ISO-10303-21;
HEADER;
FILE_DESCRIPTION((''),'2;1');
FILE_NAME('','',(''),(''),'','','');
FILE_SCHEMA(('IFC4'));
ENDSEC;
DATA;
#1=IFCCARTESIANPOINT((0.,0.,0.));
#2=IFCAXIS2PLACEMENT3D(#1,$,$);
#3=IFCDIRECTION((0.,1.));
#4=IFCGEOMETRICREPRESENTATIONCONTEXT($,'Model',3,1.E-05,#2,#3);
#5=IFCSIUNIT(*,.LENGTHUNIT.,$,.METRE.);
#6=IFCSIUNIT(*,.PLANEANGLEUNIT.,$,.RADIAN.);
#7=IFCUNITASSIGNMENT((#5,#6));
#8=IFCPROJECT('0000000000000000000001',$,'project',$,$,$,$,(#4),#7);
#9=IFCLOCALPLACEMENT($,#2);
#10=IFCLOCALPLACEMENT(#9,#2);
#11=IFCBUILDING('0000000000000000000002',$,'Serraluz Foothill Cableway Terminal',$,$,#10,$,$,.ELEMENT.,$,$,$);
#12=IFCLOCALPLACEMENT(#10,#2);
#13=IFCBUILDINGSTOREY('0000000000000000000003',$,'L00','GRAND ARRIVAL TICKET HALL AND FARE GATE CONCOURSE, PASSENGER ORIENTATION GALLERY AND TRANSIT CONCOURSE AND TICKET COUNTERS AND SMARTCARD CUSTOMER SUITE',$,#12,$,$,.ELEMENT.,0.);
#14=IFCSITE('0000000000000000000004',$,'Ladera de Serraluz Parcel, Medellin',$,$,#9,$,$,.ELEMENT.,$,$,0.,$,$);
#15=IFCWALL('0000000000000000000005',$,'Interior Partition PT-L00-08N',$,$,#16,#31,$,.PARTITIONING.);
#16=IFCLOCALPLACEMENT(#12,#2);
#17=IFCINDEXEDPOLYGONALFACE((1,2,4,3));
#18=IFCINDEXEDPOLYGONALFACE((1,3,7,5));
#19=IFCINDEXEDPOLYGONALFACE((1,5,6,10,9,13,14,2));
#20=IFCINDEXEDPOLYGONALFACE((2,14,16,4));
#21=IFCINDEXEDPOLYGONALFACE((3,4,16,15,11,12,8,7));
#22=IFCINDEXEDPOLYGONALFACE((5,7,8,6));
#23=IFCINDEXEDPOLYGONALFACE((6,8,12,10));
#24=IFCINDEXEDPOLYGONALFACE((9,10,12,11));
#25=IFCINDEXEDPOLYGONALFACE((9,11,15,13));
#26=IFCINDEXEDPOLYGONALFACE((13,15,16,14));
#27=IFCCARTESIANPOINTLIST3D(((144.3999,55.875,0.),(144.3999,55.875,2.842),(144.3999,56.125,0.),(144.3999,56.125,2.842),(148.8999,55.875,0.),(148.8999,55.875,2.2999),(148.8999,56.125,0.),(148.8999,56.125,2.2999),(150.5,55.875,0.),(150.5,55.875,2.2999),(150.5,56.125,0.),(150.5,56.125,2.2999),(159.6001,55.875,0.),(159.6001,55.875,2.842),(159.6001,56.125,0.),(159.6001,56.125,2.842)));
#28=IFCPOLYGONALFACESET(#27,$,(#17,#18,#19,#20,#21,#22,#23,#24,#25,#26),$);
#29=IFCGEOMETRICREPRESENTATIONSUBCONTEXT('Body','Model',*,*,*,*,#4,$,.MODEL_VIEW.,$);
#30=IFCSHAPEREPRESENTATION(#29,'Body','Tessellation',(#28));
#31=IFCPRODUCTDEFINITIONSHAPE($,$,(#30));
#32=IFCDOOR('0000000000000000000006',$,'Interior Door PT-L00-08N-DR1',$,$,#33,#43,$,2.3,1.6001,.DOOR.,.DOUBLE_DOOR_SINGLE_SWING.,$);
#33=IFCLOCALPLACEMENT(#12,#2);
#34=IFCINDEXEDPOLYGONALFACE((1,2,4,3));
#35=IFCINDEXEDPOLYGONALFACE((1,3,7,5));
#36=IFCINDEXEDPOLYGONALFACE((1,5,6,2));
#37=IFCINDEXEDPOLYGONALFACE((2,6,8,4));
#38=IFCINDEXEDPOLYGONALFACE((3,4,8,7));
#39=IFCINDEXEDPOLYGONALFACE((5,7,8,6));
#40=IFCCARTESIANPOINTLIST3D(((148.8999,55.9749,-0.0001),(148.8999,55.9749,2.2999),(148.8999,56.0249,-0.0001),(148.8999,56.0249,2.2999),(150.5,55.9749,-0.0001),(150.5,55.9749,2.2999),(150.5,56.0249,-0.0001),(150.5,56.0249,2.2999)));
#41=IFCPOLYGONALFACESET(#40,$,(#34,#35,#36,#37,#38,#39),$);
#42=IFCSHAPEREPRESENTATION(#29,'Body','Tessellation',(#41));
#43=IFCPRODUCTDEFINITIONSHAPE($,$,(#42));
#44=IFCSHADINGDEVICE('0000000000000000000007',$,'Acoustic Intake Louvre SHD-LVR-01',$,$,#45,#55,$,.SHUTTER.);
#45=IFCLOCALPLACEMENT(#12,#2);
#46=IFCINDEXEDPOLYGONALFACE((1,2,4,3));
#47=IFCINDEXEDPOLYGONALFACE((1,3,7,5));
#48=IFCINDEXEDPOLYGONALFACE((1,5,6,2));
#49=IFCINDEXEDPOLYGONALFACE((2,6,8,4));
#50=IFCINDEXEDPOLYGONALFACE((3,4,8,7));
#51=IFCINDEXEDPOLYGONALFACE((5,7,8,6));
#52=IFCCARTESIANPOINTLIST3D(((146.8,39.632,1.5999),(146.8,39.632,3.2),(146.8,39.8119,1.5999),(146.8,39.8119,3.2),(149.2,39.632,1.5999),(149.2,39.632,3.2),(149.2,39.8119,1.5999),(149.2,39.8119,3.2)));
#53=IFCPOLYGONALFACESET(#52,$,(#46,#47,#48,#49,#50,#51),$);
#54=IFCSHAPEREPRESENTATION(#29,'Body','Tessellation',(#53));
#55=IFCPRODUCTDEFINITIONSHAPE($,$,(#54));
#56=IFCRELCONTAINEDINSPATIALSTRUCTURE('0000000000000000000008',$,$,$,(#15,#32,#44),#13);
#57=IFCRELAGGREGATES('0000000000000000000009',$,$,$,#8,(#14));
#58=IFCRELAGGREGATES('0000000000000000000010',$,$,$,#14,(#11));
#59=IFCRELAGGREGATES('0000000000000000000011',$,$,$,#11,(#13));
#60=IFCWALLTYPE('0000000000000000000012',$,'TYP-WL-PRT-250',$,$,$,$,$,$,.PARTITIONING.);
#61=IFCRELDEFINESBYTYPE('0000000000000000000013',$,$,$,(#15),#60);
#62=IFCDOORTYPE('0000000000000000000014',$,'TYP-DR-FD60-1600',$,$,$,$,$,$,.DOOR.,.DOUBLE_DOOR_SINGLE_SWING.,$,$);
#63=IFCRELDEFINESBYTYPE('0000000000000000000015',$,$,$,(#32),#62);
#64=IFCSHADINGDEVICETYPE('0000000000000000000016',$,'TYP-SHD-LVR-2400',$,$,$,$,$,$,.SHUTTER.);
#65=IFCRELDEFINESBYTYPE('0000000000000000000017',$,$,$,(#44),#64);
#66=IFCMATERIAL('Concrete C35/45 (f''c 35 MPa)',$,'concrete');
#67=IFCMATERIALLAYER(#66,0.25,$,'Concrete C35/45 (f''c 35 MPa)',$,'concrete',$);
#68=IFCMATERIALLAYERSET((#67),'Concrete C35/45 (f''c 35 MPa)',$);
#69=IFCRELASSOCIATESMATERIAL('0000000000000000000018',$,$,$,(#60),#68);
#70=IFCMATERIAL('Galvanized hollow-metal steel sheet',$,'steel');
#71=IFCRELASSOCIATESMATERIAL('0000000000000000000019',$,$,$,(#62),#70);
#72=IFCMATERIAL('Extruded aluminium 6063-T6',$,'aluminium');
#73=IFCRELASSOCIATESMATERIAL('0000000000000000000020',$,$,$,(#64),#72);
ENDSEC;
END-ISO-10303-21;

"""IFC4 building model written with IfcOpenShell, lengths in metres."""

from ifc_helpers import new_model, si_unit, direction, frame, frame_2d, origin, origin_2d, place, context, subcontext, project, spatial, rectangle, extrude, material, layer, layer_set, type_object, element, fill, save


model = new_model("IFC4")

# Units and contexts
model_context = context("Model", 3, precision=1e-05, world=origin(), true_north=direction((0.0, 1.0)))
body_context = subcontext(model_context, "Body", "Model", "MODEL_VIEW")
ifc_project = project(units=[si_unit("LENGTHUNIT", "METRE"), si_unit("PLANEANGLEUNIT", "RADIAN")], contexts=[model_context])

# Site, building, storey
site_placement = place(None, origin())
site = spatial("IfcSite", under=ifc_project, at=site_placement, Name="Ladera de Serraluz Parcel, Medellin", CompositionType="ELEMENT", RefElevation=0.0)
building_placement = place(site_placement, origin())
building = spatial("IfcBuilding", under=site, at=building_placement, Name="Serraluz Foothill Cableway Terminal", CompositionType="ELEMENT")
storey_placement = place(building_placement, origin())
storey = spatial("IfcBuildingStorey", under=building, at=storey_placement, Name="L00", Description="GRAND ARRIVAL TICKET HALL AND FARE GATE CONCOURSE, PASSENGER ORIENTATION GALLERY AND TRANSIT CONCOURSE AND TICKET COUNTERS AND SMARTCARD CUSTOMER SUITE", CompositionType="ELEMENT", Elevation=0.0)

# Shared definitions
ifc_material_1 = material(Name="Concrete C35/45 (f'c 35 MPa)", Category="concrete")

# Wall, opening, door
ifc_layer_1 = layer(ifc_material_1, 0.25, Name="Concrete C35/45 (f'c 35 MPa)", Category="concrete")
ifc_layer_set_1 = layer_set([ifc_layer_1], Name="Concrete C35/45 (f'c 35 MPa)")
wall_type_1 = type_object("IfcWallType", Name="TYP-WL-PRT-250", PredefinedType="PARTITIONING", material=ifc_layer_set_1)
wall_1_placement = place(storey_placement, frame((144.3999, 56.0, 0.0), z_axis=(0.0, 0.0, 1.0), x_axis=(1.0, 0.0, 0.0)))
wall_1 = element("IfcWall", 1, at=wall_1_placement, inside=storey, type_object=wall_type_1, Name="Interior Partition PT-L00-08N", PredefinedType="PARTITIONING", context=body_context, shape_type="SweptSolid", body=[
    extrude(rectangle(XDim=15.2002, YDim=0.25, at=frame_2d((7.6001, 0.0))), origin(), (0.0, 0.0, 1.0), 2.842),
])
opening_1_placement = place(wall_1_placement, frame((4.5, 0.0, 0.0)))
opening_1 = element("IfcOpeningElement", 2, at=opening_1_placement, cuts=wall_1, PredefinedType="OPENING", context=body_context, shape_type="SweptSolid", body=[
    extrude(rectangle(XDim=1.6001, YDim=2.3, at=frame_2d((0.8, 1.1499))), frame((0.0, 0.135, 0.0), z_axis=(0.0, -1.0, 0.0), x_axis=(1.0, 0.0, 0.0)), (0.0, 0.0, 1.0), 0.27),
])
ifc_material_2 = material(Name="Galvanized hollow-metal steel sheet", Category="steel")
door_type = type_object("IfcDoorType", Name="TYP-DR-FD60-1600", OperationType="DOUBLE_DOOR_SINGLE_SWING", PredefinedType="DOOR", material=ifc_material_2)
door_placement = place(opening_1_placement, origin())
door = element("IfcDoor", 3, at=door_placement, inside=storey, type_object=door_type, Name="Interior Door PT-L00-08N-DR1", OperationType="DOUBLE_DOOR_SINGLE_SWING", OverallHeight=2.3, OverallWidth=1.6001, PredefinedType="DOOR", context=body_context, shape_type="SweptSolid", body=[
    extrude(rectangle(XDim=1.6001, YDim=2.3, at=frame_2d((0.8, 1.1499))), frame((0.0, 0.0249, 0.0), z_axis=(0.0, -1.0, 0.0), x_axis=(1.0, 0.0, 0.0)), (0.0, 0.0, 1.0), 0.05),
])
fill(opening_1, door)

# Shading device
ifc_material_3 = material(Name="Extruded aluminium 6063-T6", Category="aluminium")
shading_device_type = type_object("IfcShadingDeviceType", Name="TYP-SHD-LVR-2400", PredefinedType="SHUTTER", material=ifc_material_3)
shading_device_placement = place(storey_placement, frame((148.0, 39.7219, 1.5999), z_axis=(0.0, 0.0, 1.0), x_axis=(1.0, 0.0, 0.0)))
element("IfcShadingDevice", 4, at=shading_device_placement, inside=storey, type_object=shading_device_type, Name="Acoustic Intake Louvre SHD-LVR-01", PredefinedType="SHUTTER", context=body_context, shape_type="SweptSolid", body=[
    extrude(rectangle(XDim=2.3999, YDim=0.1799, at=origin_2d()), origin(), (0.0, 0.0, 1.0), 1.6001),
])

save(model, "model.ifc")
